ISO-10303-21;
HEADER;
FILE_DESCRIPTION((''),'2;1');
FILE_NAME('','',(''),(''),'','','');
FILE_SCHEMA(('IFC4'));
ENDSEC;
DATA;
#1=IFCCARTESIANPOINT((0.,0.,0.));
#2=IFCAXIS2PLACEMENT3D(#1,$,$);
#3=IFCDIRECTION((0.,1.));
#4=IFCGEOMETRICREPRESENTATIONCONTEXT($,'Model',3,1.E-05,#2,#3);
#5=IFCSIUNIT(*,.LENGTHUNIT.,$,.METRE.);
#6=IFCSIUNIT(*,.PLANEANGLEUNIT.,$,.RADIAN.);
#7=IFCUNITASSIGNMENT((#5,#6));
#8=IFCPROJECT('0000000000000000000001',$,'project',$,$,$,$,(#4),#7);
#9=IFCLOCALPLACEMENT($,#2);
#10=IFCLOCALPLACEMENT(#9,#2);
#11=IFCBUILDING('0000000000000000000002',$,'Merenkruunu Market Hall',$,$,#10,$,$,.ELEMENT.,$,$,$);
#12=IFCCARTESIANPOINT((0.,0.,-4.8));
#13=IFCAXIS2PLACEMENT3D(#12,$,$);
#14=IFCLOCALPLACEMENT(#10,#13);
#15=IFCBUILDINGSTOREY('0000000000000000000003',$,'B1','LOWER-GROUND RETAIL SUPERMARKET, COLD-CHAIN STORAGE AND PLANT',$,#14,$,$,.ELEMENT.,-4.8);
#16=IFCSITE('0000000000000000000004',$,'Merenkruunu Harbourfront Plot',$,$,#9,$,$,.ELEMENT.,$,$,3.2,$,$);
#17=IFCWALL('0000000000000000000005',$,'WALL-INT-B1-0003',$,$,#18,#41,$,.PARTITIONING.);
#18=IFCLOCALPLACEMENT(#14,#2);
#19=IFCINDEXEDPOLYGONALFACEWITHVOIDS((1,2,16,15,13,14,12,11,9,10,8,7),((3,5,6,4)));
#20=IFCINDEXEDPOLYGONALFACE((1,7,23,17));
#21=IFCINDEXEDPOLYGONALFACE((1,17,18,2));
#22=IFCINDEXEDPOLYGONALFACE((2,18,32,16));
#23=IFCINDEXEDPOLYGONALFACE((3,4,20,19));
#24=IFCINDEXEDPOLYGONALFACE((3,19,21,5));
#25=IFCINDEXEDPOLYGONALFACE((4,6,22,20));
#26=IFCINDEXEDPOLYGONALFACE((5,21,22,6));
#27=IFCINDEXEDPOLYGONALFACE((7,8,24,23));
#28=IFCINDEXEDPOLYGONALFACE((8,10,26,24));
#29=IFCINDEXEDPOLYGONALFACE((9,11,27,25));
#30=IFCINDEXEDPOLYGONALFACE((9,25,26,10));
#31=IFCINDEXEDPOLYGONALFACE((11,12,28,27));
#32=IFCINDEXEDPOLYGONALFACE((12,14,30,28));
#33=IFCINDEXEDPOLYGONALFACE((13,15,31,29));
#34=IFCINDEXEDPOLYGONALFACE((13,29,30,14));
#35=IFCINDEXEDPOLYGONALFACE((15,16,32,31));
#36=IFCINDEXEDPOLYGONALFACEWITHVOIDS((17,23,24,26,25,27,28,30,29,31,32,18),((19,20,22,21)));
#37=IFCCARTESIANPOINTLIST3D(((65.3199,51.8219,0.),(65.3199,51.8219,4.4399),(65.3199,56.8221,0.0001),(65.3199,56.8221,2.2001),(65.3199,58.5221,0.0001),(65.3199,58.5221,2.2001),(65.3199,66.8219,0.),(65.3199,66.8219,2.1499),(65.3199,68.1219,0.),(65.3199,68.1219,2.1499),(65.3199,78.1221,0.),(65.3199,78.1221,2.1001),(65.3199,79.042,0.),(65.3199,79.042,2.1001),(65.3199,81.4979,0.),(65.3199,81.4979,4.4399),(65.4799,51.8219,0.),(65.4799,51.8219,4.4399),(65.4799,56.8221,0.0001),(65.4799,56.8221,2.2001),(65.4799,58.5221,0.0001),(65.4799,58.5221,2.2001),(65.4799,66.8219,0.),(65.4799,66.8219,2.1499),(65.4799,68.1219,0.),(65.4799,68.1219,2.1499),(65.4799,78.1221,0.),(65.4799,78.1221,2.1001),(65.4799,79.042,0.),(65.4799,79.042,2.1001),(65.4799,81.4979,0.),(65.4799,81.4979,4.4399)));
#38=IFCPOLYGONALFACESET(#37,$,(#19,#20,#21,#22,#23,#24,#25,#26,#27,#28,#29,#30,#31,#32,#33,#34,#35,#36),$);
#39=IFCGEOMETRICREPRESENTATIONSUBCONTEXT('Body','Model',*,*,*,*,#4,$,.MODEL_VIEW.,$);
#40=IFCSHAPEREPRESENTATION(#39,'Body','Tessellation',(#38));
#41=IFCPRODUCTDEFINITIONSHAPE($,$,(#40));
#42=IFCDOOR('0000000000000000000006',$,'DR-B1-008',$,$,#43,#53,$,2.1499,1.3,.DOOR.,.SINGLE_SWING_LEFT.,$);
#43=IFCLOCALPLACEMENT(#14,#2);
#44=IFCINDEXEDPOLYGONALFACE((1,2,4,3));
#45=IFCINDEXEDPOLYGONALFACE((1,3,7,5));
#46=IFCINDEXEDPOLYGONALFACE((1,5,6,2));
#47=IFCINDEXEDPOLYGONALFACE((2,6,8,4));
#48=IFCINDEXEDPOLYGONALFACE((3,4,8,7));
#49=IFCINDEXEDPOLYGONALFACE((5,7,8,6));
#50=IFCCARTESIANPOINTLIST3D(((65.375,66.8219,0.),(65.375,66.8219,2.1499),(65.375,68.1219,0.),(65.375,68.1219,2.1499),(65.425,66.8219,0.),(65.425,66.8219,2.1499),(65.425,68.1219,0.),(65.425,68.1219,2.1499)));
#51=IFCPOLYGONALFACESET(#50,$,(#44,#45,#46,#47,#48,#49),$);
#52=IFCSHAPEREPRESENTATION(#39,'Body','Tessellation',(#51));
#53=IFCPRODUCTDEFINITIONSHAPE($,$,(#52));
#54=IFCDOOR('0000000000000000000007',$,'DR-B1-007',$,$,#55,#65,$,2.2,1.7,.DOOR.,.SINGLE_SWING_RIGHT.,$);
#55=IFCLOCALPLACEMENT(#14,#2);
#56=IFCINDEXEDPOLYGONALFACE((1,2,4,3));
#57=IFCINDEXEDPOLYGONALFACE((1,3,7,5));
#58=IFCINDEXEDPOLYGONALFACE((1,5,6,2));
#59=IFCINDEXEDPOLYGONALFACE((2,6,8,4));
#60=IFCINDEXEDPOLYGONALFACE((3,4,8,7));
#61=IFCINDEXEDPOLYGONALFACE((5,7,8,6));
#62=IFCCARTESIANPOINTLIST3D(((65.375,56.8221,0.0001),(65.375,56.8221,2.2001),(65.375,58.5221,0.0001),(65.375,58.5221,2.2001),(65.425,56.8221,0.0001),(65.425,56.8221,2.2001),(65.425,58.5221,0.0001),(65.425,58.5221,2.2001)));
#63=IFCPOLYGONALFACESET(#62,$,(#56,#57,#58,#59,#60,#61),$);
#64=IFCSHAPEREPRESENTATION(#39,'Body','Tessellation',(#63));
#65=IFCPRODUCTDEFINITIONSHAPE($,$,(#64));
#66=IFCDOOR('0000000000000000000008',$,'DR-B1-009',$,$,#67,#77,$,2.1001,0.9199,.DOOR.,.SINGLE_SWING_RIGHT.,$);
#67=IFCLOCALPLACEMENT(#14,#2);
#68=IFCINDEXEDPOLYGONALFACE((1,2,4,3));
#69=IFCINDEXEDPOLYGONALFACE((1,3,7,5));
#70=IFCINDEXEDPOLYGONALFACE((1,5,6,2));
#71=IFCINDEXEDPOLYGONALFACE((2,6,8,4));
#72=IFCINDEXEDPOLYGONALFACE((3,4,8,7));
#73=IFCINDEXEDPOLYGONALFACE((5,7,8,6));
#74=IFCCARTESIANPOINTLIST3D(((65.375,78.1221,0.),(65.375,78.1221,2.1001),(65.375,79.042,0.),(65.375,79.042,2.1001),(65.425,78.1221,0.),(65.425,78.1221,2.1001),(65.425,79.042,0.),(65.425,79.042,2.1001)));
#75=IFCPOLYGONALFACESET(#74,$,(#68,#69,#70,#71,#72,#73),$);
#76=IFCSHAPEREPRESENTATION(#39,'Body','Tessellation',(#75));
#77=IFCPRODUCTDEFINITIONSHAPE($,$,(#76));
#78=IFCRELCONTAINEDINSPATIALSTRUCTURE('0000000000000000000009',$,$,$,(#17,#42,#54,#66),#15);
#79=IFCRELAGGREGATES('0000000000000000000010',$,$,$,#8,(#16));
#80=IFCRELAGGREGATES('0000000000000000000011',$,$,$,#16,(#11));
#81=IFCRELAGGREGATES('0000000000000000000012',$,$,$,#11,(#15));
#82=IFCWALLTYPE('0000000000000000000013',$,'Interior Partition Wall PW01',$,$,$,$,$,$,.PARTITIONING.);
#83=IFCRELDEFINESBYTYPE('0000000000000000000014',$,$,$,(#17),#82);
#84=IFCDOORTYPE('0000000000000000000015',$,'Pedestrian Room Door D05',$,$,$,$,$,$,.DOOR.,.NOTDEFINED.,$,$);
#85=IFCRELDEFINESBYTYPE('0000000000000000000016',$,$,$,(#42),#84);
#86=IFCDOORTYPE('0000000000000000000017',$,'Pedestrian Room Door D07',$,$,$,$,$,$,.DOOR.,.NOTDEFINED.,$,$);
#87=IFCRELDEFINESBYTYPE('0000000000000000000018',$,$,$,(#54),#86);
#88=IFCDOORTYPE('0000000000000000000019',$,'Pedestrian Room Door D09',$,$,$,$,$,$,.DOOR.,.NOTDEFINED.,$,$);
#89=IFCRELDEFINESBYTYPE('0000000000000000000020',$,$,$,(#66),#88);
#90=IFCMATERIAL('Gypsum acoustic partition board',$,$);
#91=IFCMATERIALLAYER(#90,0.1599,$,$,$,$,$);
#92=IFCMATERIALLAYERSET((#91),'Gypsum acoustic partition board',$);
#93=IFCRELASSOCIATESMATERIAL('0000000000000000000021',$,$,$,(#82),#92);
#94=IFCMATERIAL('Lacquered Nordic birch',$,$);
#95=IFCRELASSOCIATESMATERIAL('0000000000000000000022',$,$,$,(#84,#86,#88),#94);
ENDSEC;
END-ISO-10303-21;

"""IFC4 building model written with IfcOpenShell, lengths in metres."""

from ifc_helpers import new_model, si_unit, direction, frame, frame_2d, origin, place, context, subcontext, project, spatial, rectangle, extrude, material, layer, layer_set, type_object, element, fill, save


model = new_model("IFC4")

# Units and contexts
model_context = context("Model", 3, precision=1e-05, world=origin(), true_north=direction((0.0, 1.0)))
body_context = subcontext(model_context, "Body", "Model", "MODEL_VIEW")
ifc_project = project(units=[si_unit("LENGTHUNIT", "METRE"), si_unit("PLANEANGLEUNIT", "RADIAN")], contexts=[model_context])

# Site, building, storey
site_placement = place(None, origin())
site = spatial("IfcSite", under=ifc_project, at=site_placement, Name="Merenkruunu Harbourfront Plot", CompositionType="ELEMENT", RefElevation=3.2)
building_placement = place(site_placement, origin())
building = spatial("IfcBuilding", under=site, at=building_placement, Name="Merenkruunu Market Hall", CompositionType="ELEMENT")
storey_placement = place(building_placement, frame((0.0, 0.0, -4.8)))
storey = spatial("IfcBuildingStorey", under=building, at=storey_placement, Name="B1", Description="LOWER-GROUND RETAIL SUPERMARKET, COLD-CHAIN STORAGE AND PLANT", CompositionType="ELEMENT", Elevation=-4.8)

# Wall, openings, doors
ifc_material_1 = material(Name="Gypsum acoustic partition board")
ifc_layer_1 = layer(ifc_material_1, 0.1599)
ifc_layer_set_1 = layer_set([ifc_layer_1], Name="Gypsum acoustic partition board")
wall_type = type_object("IfcWallType", Name="Interior Partition Wall PW01", PredefinedType="PARTITIONING", material=ifc_layer_set_1)
wall_placement = place(storey_placement, frame((65.3999, 51.822, 0.0), z_axis=(0.0, 0.0, 1.0), x_axis=(0.0, 1.0, 0.0)))
wall = element("IfcWall", 1, at=wall_placement, inside=storey, type_object=wall_type, Name="WALL-INT-B1-0003", PredefinedType="PARTITIONING", context=body_context, shape_type="SweptSolid", body=[
    extrude(rectangle(XDim=29.676, YDim=0.1599, at=frame_2d((14.8379, 0.0))), origin(), (0.0, 0.0, 1.0), 4.4399),
])
opening_1_placement = place(wall_placement, frame((5.0, 0.0, 0.0)))
opening_1 = element("IfcOpeningElement", 2, at=opening_1_placement, cuts=wall, PredefinedType="OPENING", context=body_context, shape_type="SweptSolid", body=[
    extrude(rectangle(XDim=1.7, YDim=2.2, at=frame_2d((0.8501, 1.1001))), frame((0.0, 0.0898, 0.0), z_axis=(0.0, -1.0, 0.0), x_axis=(1.0, 0.0, 0.0)), (0.0, 0.0, 1.0), 0.1799),
])
opening_2_placement = place(wall_placement, frame((15.0, 0.0, 0.0)))
opening_2 = element("IfcOpeningElement", 3, at=opening_2_placement, cuts=wall, PredefinedType="OPENING", context=body_context, shape_type="SweptSolid", body=[
    extrude(rectangle(XDim=1.3, YDim=2.1499, at=frame_2d((0.6499, 1.075))), frame((0.0, 0.0898, 0.0), z_axis=(0.0, -1.0, 0.0), x_axis=(1.0, 0.0, 0.0)), (0.0, 0.0, 1.0), 0.1799),
])
opening_3_placement = place(wall_placement, frame((26.3, 0.0, 0.0)))
opening_3 = element("IfcOpeningElement", 4, at=opening_3_placement, cuts=wall, PredefinedType="OPENING", context=body_context, shape_type="SweptSolid", body=[
    extrude(rectangle(XDim=0.9199, YDim=2.1001, at=frame_2d((0.46, 1.05))), frame((0.0, 0.0898, 0.0), z_axis=(0.0, -1.0, 0.0), x_axis=(1.0, 0.0, 0.0)), (0.0, 0.0, 1.0), 0.1799),
])
ifc_material_2 = material(Name="Lacquered Nordic birch")
door_type_1 = type_object("IfcDoorType", Name="Pedestrian Room Door D05", OperationType="NOTDEFINED", PredefinedType="DOOR", material=ifc_material_2)
door_1_placement = place(opening_2_placement, origin())
door_1 = element("IfcDoor", 5, at=door_1_placement, inside=storey, type_object=door_type_1, Name="DR-B1-008", OperationType="SINGLE_SWING_LEFT", OverallHeight=2.1499, OverallWidth=1.3, PredefinedType="DOOR", context=body_context, shape_type="SweptSolid", body=[
    extrude(rectangle(XDim=1.3, YDim=2.1499, at=frame_2d((0.6499, 1.075))), frame((0.0, 0.0249, 0.0), z_axis=(0.0, -1.0, 0.0), x_axis=(1.0, 0.0, 0.0)), (0.0, 0.0, 1.0), 0.05),
])
fill(opening_2, door_1)
door_type_2 = type_object("IfcDoorType", Name="Pedestrian Room Door D07", OperationType="NOTDEFINED", PredefinedType="DOOR", material=ifc_material_2)
door_2_placement = place(opening_1_placement, origin())
door_2 = element("IfcDoor", 6, at=door_2_placement, inside=storey, type_object=door_type_2, Name="DR-B1-007", OperationType="SINGLE_SWING_RIGHT", OverallHeight=2.2, OverallWidth=1.7, PredefinedType="DOOR", context=body_context, shape_type="SweptSolid", body=[
    extrude(rectangle(XDim=1.7, YDim=2.2, at=frame_2d((0.8501, 1.1001))), frame((0.0, 0.0249, 0.0), z_axis=(0.0, -1.0, 0.0), x_axis=(1.0, 0.0, 0.0)), (0.0, 0.0, 1.0), 0.05),
])
fill(opening_1, door_2)
door_type_3 = type_object("IfcDoorType", Name="Pedestrian Room Door D09", OperationType="NOTDEFINED", PredefinedType="DOOR", material=ifc_material_2)
door_3_placement = place(opening_3_placement, origin())
door_3 = element("IfcDoor", 7, at=door_3_placement, inside=storey, type_object=door_type_3, Name="DR-B1-009", OperationType="SINGLE_SWING_RIGHT", OverallHeight=2.1001, OverallWidth=0.9199, PredefinedType="DOOR", context=body_context, shape_type="SweptSolid", body=[
    extrude(rectangle(XDim=0.9199, YDim=2.1001, at=frame_2d((0.46, 1.05))), frame((0.0, 0.0249, 0.0), z_axis=(0.0, -1.0, 0.0), x_axis=(1.0, 0.0, 0.0)), (0.0, 0.0, 1.0), 0.05),
])
fill(opening_3, door_3)

save(model, "model.ifc")
